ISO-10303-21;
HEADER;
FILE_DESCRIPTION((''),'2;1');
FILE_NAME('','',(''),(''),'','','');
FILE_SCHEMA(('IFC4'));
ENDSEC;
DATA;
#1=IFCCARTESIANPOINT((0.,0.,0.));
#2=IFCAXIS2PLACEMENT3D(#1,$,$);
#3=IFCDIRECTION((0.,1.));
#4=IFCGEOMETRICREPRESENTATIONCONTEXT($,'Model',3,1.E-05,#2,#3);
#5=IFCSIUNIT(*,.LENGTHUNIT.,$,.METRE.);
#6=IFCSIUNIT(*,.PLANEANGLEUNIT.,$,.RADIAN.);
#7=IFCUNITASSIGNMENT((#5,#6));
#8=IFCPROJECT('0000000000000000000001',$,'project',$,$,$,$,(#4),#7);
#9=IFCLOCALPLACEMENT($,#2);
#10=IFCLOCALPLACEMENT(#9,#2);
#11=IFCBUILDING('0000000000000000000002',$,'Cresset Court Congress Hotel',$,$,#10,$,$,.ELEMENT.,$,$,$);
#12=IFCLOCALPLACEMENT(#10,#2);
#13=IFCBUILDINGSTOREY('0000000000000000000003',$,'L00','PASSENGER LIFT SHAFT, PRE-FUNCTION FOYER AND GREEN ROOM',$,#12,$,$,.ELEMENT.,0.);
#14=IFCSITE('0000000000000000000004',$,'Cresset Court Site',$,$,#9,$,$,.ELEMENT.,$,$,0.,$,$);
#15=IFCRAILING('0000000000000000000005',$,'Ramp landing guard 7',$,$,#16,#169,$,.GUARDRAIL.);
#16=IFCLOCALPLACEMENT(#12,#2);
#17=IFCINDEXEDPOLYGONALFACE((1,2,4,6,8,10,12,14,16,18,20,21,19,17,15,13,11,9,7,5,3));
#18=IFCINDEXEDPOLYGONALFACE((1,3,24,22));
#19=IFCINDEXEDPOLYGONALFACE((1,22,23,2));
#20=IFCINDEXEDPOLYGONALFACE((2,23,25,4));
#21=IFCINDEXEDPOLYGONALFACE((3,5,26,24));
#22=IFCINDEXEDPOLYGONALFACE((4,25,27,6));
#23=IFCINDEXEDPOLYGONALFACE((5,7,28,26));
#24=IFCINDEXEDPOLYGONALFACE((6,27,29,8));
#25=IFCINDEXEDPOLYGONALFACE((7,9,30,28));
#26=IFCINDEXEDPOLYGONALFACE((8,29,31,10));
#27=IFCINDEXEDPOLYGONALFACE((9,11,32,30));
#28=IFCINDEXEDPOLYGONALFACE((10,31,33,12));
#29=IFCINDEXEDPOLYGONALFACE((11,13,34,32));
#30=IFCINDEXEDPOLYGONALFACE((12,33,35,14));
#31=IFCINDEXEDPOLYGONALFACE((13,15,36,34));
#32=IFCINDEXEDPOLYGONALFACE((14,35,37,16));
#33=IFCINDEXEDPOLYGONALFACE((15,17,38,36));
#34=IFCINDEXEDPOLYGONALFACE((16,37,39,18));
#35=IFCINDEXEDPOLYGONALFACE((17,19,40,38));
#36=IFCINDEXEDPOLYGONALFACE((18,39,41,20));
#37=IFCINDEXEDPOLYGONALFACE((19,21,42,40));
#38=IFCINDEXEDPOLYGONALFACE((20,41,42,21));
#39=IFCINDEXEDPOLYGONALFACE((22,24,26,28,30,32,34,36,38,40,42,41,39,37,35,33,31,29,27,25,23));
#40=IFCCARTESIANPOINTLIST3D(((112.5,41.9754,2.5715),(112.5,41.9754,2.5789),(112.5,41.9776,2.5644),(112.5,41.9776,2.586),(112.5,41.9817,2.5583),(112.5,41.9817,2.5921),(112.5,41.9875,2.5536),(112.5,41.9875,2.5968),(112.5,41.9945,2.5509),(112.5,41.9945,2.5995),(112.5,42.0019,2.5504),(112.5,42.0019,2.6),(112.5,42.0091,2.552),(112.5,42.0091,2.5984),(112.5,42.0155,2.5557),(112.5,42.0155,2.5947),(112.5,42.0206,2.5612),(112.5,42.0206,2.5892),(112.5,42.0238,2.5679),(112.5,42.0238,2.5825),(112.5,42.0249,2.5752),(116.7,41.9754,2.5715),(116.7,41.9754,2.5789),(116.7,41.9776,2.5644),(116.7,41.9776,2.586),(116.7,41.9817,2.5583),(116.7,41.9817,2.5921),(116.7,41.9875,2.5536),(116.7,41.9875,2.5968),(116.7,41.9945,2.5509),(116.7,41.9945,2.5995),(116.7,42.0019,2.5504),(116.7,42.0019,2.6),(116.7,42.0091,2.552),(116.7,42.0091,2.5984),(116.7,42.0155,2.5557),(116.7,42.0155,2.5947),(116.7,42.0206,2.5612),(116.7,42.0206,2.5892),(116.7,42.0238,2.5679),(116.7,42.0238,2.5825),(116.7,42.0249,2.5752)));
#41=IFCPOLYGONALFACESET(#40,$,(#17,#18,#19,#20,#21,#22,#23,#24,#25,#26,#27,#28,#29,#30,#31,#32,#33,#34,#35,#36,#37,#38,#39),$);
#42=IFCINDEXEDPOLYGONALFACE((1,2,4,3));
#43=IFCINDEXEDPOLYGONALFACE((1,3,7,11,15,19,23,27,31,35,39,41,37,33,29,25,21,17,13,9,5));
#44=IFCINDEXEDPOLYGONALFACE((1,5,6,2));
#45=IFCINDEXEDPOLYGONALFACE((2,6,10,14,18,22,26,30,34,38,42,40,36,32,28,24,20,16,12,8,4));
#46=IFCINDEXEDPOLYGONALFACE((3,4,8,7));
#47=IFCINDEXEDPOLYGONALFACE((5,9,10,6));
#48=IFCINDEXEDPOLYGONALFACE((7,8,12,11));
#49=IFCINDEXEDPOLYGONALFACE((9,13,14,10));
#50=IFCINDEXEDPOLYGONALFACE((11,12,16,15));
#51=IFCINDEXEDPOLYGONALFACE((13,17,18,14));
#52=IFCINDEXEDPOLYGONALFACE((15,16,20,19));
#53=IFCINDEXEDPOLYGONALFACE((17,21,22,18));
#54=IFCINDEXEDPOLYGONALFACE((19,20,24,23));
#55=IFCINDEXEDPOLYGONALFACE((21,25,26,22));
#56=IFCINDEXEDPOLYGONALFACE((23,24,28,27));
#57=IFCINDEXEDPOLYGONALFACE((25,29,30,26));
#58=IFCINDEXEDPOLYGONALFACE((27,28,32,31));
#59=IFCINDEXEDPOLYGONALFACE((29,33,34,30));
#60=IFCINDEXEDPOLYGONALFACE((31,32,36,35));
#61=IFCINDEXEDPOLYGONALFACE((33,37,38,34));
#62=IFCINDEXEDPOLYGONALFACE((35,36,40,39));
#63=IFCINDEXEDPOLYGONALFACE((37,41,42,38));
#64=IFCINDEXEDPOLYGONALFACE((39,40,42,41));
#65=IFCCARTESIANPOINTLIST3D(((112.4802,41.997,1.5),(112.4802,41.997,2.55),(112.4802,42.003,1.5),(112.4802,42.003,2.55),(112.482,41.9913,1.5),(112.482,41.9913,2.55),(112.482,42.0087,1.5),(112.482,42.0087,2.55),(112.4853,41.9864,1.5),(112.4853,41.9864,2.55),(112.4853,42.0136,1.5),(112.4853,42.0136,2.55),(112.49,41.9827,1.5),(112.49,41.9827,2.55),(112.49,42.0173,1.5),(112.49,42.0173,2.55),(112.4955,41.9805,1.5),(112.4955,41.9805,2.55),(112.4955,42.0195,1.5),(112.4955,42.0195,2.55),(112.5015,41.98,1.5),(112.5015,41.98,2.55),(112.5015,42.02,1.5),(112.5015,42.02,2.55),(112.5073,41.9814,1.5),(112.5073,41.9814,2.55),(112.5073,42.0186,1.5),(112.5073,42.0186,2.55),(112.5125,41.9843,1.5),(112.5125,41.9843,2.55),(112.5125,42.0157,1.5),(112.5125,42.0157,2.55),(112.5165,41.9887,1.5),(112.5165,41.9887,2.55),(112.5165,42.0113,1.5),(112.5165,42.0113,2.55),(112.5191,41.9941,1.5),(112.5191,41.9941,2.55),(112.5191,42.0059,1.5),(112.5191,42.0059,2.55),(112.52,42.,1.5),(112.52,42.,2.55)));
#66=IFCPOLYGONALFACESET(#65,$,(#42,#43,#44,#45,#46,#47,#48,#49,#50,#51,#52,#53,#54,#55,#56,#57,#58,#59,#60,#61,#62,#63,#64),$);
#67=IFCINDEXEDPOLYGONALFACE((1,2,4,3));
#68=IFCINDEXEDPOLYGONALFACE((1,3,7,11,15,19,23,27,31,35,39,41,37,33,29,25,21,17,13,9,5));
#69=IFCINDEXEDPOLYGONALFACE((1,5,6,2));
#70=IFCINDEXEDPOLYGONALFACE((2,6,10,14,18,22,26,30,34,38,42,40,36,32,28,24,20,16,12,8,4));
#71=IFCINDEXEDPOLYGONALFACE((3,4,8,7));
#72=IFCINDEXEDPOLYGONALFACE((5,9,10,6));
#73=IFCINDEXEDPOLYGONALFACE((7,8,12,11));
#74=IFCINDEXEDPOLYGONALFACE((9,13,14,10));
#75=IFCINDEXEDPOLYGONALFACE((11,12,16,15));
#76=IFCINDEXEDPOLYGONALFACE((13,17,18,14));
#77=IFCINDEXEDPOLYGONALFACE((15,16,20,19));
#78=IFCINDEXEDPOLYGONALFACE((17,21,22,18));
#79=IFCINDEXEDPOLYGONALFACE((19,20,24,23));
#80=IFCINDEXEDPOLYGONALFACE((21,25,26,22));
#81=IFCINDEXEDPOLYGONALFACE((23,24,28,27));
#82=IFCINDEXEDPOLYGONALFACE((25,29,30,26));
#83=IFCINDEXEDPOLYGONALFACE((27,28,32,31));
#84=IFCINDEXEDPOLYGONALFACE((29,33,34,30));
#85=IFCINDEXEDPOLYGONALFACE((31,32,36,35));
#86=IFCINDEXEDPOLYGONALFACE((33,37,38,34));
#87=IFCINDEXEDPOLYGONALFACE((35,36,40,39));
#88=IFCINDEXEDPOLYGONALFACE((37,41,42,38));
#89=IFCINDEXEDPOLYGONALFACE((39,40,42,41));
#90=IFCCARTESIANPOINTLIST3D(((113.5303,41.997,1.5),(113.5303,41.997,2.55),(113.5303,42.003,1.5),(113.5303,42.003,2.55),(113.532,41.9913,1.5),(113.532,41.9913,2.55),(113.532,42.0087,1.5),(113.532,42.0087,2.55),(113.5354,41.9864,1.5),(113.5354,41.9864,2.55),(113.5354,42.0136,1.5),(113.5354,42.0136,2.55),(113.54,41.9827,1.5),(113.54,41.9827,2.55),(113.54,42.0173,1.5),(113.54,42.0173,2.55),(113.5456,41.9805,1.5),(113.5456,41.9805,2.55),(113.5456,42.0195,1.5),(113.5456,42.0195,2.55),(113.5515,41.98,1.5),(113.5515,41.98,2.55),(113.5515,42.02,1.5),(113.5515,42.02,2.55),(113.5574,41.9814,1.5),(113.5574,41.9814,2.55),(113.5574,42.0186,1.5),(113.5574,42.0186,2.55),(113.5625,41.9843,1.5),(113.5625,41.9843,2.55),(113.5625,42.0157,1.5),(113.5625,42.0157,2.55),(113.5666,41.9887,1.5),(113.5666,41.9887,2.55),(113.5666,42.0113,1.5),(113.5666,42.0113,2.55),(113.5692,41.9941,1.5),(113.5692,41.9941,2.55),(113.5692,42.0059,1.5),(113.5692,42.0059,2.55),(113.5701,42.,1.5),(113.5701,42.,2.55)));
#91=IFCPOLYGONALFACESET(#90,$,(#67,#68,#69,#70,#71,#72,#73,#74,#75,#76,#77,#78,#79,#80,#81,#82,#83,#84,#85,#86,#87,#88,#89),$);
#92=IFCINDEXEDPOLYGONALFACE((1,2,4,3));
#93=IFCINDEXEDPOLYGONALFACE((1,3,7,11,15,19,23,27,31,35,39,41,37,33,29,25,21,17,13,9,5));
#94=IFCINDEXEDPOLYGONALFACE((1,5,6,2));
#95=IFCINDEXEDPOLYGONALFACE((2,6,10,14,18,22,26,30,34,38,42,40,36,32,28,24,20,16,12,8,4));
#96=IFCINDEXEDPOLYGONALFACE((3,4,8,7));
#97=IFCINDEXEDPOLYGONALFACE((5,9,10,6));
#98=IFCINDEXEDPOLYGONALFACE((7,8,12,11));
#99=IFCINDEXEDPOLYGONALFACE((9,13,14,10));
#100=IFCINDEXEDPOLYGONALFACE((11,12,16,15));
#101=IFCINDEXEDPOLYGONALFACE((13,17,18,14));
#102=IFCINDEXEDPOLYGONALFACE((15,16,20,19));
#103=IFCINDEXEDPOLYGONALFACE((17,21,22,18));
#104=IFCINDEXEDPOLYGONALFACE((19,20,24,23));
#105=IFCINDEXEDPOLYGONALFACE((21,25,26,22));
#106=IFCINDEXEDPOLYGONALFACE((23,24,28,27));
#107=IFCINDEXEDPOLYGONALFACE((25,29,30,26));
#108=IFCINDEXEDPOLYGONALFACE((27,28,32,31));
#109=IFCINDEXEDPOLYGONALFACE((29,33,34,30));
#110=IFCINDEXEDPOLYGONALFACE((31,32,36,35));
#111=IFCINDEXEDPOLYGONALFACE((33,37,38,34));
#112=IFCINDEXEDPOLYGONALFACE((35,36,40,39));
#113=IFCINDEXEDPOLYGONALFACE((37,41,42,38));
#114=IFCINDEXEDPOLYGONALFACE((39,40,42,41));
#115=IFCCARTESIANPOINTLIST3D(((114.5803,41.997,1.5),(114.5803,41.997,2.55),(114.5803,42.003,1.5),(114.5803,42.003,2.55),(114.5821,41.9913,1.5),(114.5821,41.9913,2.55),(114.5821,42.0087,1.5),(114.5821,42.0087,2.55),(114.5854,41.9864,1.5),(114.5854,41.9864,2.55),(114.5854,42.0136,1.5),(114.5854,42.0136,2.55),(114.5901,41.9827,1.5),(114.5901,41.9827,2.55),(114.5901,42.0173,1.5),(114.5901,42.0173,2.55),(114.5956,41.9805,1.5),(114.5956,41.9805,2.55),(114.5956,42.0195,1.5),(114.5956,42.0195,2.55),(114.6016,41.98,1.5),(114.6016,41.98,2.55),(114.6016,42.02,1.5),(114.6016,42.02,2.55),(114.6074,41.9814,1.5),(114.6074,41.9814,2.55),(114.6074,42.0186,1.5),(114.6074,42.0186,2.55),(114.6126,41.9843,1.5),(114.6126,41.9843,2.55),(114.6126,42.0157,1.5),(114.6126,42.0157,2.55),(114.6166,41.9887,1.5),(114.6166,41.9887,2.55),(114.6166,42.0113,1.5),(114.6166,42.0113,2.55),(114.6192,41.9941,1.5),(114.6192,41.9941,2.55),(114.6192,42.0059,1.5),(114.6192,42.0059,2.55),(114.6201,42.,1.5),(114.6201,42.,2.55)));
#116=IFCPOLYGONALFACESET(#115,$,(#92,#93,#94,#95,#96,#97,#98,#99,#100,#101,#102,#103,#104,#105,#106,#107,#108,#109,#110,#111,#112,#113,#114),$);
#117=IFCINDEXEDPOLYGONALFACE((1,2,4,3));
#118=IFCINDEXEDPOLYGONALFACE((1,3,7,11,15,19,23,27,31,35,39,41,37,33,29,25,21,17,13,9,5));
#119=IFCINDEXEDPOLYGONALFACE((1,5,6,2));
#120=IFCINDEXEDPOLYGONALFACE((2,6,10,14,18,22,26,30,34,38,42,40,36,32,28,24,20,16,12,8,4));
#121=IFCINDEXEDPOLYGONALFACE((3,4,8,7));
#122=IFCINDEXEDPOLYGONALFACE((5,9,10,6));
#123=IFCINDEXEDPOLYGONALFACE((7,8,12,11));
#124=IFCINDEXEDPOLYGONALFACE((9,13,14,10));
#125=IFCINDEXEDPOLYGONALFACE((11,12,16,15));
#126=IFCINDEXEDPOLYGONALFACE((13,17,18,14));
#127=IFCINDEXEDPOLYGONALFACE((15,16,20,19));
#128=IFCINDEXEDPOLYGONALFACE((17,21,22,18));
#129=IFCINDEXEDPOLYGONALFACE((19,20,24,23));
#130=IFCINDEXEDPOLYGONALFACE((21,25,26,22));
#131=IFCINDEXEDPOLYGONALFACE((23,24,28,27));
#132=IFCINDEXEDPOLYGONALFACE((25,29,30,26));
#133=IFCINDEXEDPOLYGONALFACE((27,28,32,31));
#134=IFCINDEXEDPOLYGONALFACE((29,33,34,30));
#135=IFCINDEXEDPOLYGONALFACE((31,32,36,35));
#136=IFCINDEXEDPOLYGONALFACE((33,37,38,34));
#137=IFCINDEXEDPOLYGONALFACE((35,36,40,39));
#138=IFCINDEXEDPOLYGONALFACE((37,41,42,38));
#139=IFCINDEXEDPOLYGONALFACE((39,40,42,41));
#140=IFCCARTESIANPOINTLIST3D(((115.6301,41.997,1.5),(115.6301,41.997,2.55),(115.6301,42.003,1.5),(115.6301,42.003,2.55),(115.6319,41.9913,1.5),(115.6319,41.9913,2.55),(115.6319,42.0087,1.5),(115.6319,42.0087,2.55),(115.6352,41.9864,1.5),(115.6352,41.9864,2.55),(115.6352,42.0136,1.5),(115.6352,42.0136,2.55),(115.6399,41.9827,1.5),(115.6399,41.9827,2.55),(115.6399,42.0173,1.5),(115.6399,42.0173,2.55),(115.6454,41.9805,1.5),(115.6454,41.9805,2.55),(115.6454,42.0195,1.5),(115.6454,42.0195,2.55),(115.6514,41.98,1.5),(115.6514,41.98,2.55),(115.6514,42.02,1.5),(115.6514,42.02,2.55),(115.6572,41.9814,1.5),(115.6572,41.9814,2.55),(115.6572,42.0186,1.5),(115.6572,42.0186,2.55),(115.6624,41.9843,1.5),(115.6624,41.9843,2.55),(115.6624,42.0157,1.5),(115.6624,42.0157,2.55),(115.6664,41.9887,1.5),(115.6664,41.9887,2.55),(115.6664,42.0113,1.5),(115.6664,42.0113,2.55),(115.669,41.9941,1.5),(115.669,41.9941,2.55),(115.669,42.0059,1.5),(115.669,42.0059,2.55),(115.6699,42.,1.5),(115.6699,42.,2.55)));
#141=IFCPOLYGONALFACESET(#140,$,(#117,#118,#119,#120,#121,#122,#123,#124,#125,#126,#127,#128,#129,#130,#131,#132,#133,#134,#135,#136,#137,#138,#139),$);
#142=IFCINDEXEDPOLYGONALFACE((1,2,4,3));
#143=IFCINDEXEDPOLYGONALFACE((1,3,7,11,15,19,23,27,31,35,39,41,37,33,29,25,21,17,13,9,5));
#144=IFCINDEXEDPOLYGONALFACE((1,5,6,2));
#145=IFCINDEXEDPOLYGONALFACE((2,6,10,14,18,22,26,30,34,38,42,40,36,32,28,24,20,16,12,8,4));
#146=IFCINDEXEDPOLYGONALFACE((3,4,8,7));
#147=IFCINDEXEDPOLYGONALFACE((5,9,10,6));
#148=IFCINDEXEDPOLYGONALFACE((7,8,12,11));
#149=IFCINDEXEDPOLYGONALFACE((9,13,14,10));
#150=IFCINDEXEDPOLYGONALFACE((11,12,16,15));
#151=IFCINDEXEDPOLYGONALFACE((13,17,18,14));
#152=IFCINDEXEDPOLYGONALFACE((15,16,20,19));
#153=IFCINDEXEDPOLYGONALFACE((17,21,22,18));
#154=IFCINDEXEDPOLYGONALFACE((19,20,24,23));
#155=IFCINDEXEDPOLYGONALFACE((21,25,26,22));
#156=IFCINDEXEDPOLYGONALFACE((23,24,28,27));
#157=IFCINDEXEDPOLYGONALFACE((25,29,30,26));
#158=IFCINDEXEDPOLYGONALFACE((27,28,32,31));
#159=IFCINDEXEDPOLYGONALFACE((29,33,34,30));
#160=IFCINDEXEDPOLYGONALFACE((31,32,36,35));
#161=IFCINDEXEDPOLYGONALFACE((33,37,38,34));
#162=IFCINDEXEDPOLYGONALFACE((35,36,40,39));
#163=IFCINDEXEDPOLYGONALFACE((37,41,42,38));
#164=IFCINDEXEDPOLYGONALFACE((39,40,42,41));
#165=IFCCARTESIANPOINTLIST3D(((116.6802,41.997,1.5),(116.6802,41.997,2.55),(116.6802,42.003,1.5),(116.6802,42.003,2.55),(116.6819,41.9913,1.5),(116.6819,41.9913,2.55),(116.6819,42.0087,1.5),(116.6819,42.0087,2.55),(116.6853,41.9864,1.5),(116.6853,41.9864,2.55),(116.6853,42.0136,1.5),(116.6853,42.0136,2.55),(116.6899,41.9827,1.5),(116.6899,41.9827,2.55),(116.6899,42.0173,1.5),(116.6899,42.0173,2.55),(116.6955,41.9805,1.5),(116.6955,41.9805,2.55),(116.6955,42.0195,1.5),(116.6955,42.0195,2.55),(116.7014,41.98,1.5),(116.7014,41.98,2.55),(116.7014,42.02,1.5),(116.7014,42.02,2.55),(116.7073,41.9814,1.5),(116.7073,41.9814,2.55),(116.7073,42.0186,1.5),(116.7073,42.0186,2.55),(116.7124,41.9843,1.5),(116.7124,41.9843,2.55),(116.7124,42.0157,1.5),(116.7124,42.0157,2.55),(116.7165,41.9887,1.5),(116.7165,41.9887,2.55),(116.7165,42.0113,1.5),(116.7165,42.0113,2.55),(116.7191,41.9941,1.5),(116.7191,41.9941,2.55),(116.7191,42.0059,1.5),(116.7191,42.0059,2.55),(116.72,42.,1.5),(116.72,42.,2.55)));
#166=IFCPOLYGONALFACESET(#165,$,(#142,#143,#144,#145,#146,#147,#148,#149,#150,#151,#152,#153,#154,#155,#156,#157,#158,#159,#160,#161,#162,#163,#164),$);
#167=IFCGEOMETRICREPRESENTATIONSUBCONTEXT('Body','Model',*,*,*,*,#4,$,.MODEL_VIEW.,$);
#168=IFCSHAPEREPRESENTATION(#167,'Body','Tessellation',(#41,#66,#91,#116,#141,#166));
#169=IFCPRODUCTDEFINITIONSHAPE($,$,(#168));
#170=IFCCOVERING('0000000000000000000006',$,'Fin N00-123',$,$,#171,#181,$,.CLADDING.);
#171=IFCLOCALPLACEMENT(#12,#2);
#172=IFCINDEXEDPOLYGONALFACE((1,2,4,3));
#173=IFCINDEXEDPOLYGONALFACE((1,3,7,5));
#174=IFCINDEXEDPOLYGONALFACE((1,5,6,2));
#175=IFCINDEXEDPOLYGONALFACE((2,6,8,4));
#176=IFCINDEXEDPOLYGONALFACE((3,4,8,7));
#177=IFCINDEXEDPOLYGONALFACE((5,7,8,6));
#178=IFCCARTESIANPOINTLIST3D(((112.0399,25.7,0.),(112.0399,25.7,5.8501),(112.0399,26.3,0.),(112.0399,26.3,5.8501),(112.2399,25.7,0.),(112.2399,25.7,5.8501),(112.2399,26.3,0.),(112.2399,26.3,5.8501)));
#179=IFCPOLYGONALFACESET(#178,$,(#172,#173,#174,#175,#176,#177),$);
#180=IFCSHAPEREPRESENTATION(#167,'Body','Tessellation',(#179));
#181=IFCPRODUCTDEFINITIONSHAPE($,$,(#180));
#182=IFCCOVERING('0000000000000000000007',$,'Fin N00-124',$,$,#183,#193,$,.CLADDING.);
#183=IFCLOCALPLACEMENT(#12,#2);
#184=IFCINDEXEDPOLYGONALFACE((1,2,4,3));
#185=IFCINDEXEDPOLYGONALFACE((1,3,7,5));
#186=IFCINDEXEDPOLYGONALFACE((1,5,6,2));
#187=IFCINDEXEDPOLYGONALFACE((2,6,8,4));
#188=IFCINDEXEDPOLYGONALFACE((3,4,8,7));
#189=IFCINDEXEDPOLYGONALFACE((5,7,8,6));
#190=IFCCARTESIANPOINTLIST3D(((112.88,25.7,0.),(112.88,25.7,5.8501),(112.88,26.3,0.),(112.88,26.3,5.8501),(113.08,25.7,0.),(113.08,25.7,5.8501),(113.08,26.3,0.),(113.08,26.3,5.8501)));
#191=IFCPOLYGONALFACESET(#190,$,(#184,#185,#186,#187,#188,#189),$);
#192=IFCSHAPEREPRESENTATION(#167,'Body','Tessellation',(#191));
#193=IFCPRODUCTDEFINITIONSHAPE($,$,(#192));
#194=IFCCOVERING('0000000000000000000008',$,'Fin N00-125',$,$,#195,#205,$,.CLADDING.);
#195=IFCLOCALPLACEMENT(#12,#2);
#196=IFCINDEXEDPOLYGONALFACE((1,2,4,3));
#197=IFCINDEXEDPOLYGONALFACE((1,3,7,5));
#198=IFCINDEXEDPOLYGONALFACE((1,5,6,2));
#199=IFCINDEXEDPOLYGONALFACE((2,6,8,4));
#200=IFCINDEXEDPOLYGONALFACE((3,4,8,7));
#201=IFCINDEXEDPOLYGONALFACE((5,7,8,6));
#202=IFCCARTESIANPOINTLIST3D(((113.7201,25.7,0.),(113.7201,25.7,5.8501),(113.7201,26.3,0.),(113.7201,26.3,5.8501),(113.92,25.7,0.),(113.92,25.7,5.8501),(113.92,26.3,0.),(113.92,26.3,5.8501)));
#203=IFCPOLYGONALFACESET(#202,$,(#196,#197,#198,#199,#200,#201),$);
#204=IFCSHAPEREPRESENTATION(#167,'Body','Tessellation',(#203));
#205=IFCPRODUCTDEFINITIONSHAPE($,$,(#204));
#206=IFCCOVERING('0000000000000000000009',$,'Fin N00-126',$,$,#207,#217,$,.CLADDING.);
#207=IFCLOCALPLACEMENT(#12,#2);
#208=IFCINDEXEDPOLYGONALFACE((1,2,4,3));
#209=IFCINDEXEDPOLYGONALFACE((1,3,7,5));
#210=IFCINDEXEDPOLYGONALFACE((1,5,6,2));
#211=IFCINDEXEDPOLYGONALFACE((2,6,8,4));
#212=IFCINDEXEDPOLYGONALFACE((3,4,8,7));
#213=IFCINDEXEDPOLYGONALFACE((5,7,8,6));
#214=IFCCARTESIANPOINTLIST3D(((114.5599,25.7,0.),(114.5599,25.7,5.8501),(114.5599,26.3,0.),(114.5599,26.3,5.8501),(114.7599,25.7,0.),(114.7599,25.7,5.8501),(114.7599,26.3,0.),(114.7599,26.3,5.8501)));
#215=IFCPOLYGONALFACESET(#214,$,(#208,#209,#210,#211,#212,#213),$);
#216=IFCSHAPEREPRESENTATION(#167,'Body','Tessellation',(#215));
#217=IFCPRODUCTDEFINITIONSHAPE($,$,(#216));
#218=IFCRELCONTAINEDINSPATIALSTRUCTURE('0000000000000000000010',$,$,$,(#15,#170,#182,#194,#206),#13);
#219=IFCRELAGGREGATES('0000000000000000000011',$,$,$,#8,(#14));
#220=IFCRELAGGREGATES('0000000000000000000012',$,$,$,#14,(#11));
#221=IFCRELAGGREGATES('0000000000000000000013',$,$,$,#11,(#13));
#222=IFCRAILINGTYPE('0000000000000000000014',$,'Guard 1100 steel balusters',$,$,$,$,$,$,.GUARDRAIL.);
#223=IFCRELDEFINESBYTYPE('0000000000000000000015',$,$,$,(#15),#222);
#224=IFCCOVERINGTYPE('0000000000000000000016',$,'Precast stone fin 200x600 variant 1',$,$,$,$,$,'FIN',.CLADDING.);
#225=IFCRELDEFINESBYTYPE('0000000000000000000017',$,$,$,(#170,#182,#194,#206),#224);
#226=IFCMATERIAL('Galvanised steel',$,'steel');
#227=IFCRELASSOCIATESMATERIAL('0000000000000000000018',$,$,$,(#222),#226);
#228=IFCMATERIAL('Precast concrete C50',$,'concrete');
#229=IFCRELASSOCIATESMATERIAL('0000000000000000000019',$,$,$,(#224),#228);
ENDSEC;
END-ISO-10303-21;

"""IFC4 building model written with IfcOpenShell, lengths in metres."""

from ifc_helpers import new_model, si_unit, direction, frame, origin, origin_2d, place, context, subcontext, project, spatial, rectangle, circle, extrude, material, type_object, element, save


model = new_model("IFC4")

# Units and contexts
model_context = context("Model", 3, precision=1e-05, world=origin(), true_north=direction((0.0, 1.0)))
body_context = subcontext(model_context, "Body", "Model", "MODEL_VIEW")
ifc_project = project(units=[si_unit("LENGTHUNIT", "METRE"), si_unit("PLANEANGLEUNIT", "RADIAN")], contexts=[model_context])

# Site, building, storey
site_placement = place(None, origin())
site = spatial("IfcSite", under=ifc_project, at=site_placement, Name="Cresset Court Site", CompositionType="ELEMENT", RefElevation=0.0)
building_placement = place(site_placement, origin())
building = spatial("IfcBuilding", under=site, at=building_placement, Name="Cresset Court Congress Hotel", CompositionType="ELEMENT")
storey_placement = place(building_placement, origin())
storey = spatial("IfcBuildingStorey", under=building, at=storey_placement, Name="L00", Description="PASSENGER LIFT SHAFT, PRE-FUNCTION FOYER AND GREEN ROOM", CompositionType="ELEMENT", Elevation=0.0)

# Railing
ifc_material_1 = material(Name="Galvanised steel", Category="steel")
railing_type = type_object("IfcRailingType", Name="Guard 1100 steel balusters", PredefinedType="GUARDRAIL", material=ifc_material_1)
railing_placement = place(storey_placement, frame((112.5, 42.0, 1.5)))
element("IfcRailing", 1, at=railing_placement, inside=storey, type_object=railing_type, Name="Ramp landing guard 7", PredefinedType="GUARDRAIL", context=body_context, shape_type="SweptSolid", body=[
    extrude(circle(Radius=0.0249, at=origin_2d()), frame((0.0, 0.0, 1.0752), z_axis=(1.0, 0.0, 0.0), x_axis=(0.0, 1.0, 0.0)), (0.0, 0.0, 1.0), 4.2),
    extrude(circle(Radius=0.02, at=origin_2d()), origin(), (0.0, 0.0, 1.0), 1.05),
    extrude(circle(Radius=0.02, at=origin_2d()), frame((1.05, 0.0, 0.0)), (0.0, 0.0, 1.0), 1.05),
    extrude(circle(Radius=0.02, at=origin_2d()), frame((2.1001, 0.0, 0.0)), (0.0, 0.0, 1.0), 1.05),
    extrude(circle(Radius=0.02, at=origin_2d()), frame((3.1499, 0.0, 0.0)), (0.0, 0.0, 1.0), 1.05),
    extrude(circle(Radius=0.02, at=origin_2d()), frame((4.2, 0.0, 0.0)), (0.0, 0.0, 1.0), 1.05),
])

# Coverings
ifc_material_2 = material(Name="Precast concrete C50", Category="concrete")
covering_type = type_object("IfcCoveringType", Name="Precast stone fin 200x600 variant 1", ElementType="FIN", PredefinedType="CLADDING", material=ifc_material_2)
for number, where, z_axis, x_axis, name in (
    (2, (112.1399, 26.0, 0.0), (0.0, 0.0, 1.0), (1.0, 0.0, 0.0), "Fin N00-123"),
    (3, (112.98, 26.0, 0.0), (0.0, 0.0, 1.0), (1.0, 0.0, 0.0), "Fin N00-124"),
    (4, (113.8201, 26.0, 0.0), (0.0, 0.0, 1.0), (1.0, 0.0, 0.0), "Fin N00-125"),
    (5, (114.6599, 26.0, 0.0), (0.0, 0.0, 1.0), (1.0, 0.0, 0.0), "Fin N00-126"),
):
    element("IfcCovering", number, at=place(storey_placement, frame(where, z_axis=z_axis, x_axis=x_axis)), inside=storey, type_object=covering_type, Name=name, PredefinedType="CLADDING", context=body_context, shape_type="SweptSolid", body=[
        extrude(rectangle(XDim=0.2, YDim=0.6001, at=origin_2d()), origin(), (0.0, 0.0, 1.0), 5.8501),
    ])

save(model, "model.ifc")
